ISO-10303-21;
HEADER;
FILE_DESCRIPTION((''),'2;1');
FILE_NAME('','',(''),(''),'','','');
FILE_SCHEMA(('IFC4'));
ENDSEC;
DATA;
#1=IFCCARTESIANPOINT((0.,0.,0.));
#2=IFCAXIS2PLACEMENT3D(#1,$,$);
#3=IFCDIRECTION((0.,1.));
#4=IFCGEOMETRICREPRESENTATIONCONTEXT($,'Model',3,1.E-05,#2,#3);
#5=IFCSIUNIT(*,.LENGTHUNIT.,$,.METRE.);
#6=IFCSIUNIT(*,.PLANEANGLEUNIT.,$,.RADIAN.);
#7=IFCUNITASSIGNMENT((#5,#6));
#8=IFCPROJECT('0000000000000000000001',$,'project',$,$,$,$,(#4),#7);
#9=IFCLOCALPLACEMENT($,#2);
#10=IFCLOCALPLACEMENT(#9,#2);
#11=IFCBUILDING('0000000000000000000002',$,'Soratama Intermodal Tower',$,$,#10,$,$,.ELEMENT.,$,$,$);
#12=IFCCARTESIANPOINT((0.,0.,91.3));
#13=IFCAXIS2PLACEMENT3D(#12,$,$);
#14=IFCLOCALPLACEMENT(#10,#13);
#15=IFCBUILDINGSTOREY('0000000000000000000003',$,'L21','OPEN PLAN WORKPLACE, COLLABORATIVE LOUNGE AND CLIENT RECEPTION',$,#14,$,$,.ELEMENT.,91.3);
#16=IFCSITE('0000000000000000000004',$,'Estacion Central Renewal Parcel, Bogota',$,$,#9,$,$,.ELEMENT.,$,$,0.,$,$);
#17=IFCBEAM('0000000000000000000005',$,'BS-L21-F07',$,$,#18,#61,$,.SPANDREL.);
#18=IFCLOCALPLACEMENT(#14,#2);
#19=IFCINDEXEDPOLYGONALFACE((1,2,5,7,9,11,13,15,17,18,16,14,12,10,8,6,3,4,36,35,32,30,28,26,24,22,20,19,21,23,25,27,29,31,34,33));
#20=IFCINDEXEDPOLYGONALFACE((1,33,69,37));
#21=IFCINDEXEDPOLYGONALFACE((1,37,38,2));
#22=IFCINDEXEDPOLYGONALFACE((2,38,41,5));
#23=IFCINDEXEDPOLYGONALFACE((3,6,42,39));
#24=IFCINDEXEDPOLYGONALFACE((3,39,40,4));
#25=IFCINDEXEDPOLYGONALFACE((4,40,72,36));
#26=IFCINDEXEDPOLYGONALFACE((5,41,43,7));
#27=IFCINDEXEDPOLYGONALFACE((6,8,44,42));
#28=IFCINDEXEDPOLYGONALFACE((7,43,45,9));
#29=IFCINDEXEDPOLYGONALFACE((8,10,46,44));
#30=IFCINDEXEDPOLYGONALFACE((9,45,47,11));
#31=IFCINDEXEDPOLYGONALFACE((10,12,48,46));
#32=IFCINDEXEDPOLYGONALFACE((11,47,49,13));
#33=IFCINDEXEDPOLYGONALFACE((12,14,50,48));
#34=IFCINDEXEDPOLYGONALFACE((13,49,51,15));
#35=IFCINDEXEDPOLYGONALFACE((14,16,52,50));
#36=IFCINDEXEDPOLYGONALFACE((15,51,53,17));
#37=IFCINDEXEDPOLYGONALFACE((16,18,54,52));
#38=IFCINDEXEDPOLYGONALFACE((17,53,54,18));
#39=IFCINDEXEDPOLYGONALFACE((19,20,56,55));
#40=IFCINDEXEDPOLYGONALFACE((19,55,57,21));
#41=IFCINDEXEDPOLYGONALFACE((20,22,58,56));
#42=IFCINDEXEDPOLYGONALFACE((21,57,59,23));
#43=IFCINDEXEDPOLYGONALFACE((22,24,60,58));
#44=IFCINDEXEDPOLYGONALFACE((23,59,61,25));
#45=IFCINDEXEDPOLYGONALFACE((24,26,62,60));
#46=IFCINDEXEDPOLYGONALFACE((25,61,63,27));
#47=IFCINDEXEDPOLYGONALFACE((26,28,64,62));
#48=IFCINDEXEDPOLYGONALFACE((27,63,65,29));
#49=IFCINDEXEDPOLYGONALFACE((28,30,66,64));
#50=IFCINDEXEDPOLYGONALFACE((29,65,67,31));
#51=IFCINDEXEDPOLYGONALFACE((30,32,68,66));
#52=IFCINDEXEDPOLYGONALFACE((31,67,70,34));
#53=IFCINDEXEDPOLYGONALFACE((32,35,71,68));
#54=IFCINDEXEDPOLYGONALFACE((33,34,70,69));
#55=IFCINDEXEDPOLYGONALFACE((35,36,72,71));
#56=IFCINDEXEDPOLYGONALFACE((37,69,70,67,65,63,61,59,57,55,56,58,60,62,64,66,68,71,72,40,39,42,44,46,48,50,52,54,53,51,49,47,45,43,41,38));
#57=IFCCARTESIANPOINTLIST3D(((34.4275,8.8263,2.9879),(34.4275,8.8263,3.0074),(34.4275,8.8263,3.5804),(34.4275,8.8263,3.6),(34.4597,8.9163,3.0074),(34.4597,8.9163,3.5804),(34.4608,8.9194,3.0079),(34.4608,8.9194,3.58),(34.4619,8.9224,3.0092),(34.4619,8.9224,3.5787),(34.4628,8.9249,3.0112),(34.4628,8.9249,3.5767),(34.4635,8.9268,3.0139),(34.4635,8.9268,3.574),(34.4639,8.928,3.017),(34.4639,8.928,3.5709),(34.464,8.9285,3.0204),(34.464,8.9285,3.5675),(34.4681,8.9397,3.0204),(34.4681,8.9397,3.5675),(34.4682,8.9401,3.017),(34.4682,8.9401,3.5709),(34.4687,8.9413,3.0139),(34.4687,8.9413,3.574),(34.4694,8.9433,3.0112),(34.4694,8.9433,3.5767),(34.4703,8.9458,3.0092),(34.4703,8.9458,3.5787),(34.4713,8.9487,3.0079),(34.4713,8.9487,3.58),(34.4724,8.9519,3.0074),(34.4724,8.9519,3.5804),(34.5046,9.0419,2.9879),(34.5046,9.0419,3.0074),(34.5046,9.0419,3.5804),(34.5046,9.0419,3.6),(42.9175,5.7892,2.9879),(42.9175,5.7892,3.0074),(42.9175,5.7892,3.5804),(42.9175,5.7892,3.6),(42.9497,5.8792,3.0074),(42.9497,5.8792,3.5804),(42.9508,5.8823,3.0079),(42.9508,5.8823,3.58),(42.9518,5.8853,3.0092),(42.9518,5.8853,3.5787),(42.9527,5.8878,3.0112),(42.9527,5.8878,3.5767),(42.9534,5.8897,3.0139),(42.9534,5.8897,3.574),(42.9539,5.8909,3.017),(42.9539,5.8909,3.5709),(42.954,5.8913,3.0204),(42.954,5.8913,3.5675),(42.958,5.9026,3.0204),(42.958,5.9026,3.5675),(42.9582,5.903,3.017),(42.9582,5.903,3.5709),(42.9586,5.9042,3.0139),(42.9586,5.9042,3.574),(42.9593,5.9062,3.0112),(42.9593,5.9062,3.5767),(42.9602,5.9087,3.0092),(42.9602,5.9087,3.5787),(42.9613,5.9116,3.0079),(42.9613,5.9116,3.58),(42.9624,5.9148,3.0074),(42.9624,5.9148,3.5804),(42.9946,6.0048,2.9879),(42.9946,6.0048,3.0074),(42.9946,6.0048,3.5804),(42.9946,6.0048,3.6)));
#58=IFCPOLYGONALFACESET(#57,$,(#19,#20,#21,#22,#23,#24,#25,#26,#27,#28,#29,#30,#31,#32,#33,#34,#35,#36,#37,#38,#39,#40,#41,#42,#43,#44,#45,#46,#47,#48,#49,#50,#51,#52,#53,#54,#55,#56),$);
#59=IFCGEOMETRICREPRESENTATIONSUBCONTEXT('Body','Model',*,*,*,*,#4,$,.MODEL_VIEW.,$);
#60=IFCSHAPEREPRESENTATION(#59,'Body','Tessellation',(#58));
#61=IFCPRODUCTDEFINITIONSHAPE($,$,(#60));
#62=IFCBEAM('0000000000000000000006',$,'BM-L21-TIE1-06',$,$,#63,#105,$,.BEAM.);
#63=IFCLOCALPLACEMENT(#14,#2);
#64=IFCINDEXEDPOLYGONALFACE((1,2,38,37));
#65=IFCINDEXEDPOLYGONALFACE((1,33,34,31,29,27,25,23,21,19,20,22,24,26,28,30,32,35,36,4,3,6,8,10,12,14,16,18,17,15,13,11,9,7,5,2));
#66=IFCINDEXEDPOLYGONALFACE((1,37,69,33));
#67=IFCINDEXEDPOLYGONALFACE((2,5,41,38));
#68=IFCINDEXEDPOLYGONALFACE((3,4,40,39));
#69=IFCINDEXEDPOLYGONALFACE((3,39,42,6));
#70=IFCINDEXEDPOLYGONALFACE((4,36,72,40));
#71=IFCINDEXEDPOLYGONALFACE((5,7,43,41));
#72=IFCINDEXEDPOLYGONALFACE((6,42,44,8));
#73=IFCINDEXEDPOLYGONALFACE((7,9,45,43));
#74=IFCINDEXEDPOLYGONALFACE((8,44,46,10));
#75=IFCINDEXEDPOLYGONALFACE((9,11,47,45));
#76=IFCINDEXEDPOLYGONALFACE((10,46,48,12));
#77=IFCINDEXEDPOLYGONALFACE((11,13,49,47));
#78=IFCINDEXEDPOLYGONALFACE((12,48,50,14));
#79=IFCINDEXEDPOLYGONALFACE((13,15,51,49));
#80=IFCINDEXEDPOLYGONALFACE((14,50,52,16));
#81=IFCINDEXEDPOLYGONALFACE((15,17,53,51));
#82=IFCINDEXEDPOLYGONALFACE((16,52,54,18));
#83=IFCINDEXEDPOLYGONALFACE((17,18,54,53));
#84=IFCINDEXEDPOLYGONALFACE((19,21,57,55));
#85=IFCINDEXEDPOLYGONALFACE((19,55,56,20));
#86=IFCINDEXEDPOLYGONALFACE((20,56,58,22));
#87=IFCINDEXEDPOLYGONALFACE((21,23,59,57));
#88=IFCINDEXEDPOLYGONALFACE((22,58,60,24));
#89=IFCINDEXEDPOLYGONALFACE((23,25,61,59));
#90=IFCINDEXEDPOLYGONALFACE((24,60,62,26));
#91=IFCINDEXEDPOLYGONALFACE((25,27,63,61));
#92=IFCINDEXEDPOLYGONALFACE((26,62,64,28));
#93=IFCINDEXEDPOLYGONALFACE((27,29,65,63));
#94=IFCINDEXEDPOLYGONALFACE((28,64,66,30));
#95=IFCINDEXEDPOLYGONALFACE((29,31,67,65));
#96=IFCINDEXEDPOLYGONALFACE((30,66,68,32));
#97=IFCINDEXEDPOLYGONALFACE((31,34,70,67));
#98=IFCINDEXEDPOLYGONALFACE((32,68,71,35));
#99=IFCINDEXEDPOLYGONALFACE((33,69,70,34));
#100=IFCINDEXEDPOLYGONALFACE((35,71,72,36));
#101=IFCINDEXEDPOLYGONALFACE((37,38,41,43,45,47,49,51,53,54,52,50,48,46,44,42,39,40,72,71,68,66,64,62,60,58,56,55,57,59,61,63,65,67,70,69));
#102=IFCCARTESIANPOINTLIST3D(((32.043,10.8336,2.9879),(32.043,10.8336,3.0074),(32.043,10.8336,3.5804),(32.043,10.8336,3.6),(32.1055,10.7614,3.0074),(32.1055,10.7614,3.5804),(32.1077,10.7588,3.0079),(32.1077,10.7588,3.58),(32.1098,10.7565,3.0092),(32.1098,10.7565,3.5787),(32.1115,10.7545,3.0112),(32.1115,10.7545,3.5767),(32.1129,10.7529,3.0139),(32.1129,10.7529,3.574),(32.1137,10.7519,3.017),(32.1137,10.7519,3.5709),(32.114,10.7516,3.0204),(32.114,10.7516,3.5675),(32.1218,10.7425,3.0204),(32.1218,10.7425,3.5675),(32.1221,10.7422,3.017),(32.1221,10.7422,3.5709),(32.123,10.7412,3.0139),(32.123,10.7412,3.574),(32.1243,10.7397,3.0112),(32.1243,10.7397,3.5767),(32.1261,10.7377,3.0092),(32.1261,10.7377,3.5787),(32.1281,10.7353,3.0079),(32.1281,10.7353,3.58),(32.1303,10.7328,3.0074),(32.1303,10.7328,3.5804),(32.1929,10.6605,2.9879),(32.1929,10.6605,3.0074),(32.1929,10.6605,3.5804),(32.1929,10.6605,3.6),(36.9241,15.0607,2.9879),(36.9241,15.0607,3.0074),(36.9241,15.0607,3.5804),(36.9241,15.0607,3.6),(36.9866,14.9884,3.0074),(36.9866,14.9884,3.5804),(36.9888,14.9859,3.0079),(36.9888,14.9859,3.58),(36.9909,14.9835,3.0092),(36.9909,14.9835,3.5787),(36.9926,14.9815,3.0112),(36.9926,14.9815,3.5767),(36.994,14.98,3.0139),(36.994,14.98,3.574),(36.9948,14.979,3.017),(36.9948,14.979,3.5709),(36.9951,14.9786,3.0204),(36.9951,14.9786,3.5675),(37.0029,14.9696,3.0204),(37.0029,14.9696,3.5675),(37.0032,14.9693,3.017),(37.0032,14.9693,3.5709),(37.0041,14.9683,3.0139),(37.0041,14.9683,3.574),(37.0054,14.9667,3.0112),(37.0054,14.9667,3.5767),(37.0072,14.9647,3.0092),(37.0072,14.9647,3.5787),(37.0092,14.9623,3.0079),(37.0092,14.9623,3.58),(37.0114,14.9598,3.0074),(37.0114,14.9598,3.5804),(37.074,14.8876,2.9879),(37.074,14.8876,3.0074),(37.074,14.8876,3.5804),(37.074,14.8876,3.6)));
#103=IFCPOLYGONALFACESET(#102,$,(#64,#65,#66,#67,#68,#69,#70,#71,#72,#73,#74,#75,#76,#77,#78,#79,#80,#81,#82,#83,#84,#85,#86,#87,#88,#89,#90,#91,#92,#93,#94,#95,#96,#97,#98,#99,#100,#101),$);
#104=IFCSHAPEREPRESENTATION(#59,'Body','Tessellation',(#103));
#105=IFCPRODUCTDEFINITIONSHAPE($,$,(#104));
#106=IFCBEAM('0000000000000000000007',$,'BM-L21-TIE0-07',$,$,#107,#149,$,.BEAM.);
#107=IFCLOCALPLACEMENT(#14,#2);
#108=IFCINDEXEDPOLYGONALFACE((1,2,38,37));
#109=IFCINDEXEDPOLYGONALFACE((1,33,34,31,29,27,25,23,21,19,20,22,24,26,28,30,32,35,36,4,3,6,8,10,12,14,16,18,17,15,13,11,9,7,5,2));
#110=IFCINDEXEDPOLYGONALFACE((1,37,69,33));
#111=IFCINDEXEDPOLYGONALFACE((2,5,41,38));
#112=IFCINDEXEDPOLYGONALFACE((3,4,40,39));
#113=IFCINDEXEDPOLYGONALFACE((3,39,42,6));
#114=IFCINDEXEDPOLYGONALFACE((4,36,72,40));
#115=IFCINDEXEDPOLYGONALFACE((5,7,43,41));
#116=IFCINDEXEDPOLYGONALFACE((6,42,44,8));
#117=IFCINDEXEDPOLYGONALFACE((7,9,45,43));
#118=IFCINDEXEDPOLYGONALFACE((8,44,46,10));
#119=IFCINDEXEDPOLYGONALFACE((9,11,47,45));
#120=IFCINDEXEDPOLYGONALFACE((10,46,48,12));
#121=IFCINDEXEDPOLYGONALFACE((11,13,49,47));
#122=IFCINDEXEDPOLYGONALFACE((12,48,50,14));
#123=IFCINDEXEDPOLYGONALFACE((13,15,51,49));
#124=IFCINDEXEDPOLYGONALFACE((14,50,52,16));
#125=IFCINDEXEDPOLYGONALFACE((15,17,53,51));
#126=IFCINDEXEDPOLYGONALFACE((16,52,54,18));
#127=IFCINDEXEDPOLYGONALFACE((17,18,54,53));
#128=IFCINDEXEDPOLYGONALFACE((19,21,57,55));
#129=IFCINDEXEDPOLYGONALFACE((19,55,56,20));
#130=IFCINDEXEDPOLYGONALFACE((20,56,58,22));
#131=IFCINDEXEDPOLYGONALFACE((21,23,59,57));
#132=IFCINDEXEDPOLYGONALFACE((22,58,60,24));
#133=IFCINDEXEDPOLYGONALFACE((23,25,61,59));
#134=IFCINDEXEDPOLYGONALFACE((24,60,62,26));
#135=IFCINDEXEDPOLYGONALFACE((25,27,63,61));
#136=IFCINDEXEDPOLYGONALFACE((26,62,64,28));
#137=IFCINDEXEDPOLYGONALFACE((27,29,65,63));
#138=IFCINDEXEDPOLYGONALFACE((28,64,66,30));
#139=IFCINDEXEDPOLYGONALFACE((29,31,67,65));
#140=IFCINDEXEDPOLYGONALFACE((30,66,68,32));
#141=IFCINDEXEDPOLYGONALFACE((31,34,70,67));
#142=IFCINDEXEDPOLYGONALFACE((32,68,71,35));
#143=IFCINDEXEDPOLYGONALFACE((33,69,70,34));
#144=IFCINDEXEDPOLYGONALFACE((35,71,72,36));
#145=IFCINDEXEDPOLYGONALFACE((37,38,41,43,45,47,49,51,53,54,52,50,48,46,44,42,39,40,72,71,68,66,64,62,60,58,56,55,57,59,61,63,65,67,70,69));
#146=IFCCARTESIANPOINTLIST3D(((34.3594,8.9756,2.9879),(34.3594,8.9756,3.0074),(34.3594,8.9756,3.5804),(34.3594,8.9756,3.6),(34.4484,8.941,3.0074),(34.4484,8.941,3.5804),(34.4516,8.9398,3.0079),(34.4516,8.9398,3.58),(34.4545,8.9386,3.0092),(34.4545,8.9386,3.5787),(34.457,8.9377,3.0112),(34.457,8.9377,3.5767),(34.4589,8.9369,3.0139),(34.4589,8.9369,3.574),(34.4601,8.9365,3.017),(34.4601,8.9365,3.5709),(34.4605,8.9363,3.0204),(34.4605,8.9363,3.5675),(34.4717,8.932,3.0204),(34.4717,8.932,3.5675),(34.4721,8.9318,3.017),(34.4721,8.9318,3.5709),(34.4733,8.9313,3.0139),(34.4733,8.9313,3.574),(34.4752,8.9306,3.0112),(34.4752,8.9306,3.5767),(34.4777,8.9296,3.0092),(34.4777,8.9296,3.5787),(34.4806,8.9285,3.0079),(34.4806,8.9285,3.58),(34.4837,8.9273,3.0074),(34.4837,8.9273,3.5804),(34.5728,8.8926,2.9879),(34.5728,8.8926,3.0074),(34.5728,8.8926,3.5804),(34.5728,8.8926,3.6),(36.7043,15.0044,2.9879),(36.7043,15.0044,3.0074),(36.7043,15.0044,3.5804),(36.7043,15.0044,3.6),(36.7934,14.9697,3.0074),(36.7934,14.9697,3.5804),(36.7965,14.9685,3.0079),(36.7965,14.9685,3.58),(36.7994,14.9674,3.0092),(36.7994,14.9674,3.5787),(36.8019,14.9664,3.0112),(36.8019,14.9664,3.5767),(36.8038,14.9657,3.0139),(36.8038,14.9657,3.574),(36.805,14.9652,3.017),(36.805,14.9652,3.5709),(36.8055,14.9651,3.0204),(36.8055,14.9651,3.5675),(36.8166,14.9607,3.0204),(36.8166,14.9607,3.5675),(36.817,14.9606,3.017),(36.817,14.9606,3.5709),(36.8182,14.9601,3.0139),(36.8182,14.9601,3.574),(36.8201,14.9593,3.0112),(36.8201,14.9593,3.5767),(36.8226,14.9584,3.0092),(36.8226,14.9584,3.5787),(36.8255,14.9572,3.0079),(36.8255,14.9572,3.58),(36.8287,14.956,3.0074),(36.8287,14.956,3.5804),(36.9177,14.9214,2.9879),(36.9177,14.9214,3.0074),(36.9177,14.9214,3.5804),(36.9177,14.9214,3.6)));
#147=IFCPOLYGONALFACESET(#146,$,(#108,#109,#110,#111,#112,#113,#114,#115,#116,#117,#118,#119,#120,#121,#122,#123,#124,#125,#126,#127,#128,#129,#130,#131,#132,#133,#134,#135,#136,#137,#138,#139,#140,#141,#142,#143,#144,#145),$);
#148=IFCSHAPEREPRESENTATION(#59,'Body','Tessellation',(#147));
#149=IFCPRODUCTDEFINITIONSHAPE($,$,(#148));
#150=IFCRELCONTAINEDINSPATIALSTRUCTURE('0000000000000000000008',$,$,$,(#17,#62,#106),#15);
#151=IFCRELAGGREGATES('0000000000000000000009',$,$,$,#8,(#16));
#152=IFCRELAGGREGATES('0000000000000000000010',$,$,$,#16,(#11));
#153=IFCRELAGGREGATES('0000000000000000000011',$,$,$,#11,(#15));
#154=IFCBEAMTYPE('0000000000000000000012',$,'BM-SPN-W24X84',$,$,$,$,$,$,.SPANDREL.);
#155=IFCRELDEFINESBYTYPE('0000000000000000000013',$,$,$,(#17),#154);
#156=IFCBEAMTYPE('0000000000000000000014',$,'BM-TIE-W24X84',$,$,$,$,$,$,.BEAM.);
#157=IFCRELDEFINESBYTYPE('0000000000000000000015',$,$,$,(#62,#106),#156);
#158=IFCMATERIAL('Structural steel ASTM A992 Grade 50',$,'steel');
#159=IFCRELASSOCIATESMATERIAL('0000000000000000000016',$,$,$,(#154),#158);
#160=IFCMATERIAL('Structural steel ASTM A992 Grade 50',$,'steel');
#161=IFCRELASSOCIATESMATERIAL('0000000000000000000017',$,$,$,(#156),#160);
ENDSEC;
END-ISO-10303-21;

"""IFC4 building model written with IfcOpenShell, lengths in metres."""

from ifc_helpers import new_model, si_unit, direction, frame, origin, origin_2d, place, context, subcontext, project, spatial, i_section, extrude, material, material_profile, profile_set, type_object, element, save


model = new_model("IFC4")

# Units and contexts
model_context = context("Model", 3, precision=1e-05, world=origin(), true_north=direction((0.0, 1.0)))
body_context = subcontext(model_context, "Body", "Model", "MODEL_VIEW")
ifc_project = project(units=[si_unit("LENGTHUNIT", "METRE"), si_unit("PLANEANGLEUNIT", "RADIAN")], contexts=[model_context])

# Site, building, storey
site_placement = place(None, origin())
site = spatial("IfcSite", under=ifc_project, at=site_placement, Name="Estacion Central Renewal Parcel, Bogota", CompositionType="ELEMENT", RefElevation=0.0)
building_placement = place(site_placement, origin())
building = spatial("IfcBuilding", under=site, at=building_placement, Name="Soratama Intermodal Tower", CompositionType="ELEMENT")
storey_placement = place(building_placement, frame((0.0, 0.0, 91.3)))
storey = spatial("IfcBuildingStorey", under=building, at=storey_placement, Name="L21", Description="OPEN PLAN WORKPLACE, COLLABORATIVE LOUNGE AND CLIENT RECEPTION", CompositionType="ELEMENT", Elevation=91.3)

# Beams
ifc_material_1 = material(Name="Structural steel ASTM A992 Grade 50", Category="steel")
ifc_material_profile_1 = material_profile(ifc_material_1, i_section(OverallWidth=0.229, OverallDepth=0.6121, WebThickness=0.012, FlangeThickness=0.0195, FilletRadius=0.0129, at=origin_2d()), Name="W24X84")
ifc_profile_set_1 = profile_set([ifc_material_profile_1], Name="Structural steel ASTM A992 Grade 50")
beam_type_1 = type_object("IfcBeamType", Name="BM-SPN-W24X84", PredefinedType="SPANDREL", material=ifc_profile_set_1)
beam_1_placement = place(storey_placement, frame((34.4661, 8.9341, 3.2939), z_axis=(0.941567, -0.336825, 0.0), x_axis=(0.336825, 0.941567, 0.0)))
element("IfcBeam", 1, at=beam_1_placement, inside=storey, type_object=beam_type_1, Name="BS-L21-F07", PredefinedType="SPANDREL", context=body_context, shape_type="SweptSolid", body=[
    extrude(i_section(OverallWidth=0.229, OverallDepth=0.6121, WebThickness=0.012, FlangeThickness=0.0195, FilletRadius=0.0129, at=origin_2d()), origin(), (0.0, 0.0, 1.0), 9.0168),
])
ifc_material_2 = material(Name="Structural steel ASTM A992 Grade 50", Category="steel")
ifc_material_profile_2 = material_profile(ifc_material_2, i_section(OverallWidth=0.229, OverallDepth=0.6121, WebThickness=0.012, FlangeThickness=0.0195, FilletRadius=0.0129, at=origin_2d()), Name="W24X84")
ifc_profile_set_2 = profile_set([ifc_material_profile_2], Name="Structural steel ASTM A992 Grade 50")
beam_type_2 = type_object("IfcBeamType", Name="BM-TIE-W24X84", PredefinedType="BEAM", material=ifc_profile_set_2)
beam_2_placement = place(storey_placement, frame((36.999, 14.9741, 3.2939), z_axis=(-0.755937, -0.654644, 0.0), x_axis=(0.654644, -0.755937, 0.0)))
element("IfcBeam", 2, at=beam_2_placement, inside=storey, type_object=beam_type_2, Name="BM-L21-TIE1-06", PredefinedType="BEAM", context=body_context, shape_type="SweptSolid", body=[
    extrude(i_section(OverallWidth=0.229, OverallDepth=0.6121, WebThickness=0.012, FlangeThickness=0.0195, FilletRadius=0.0129, at=origin_2d()), origin(), (0.0, 0.0, 1.0), 6.457),
])
beam_3_placement = place(storey_placement, frame((36.811, 14.9629, 3.2939), z_axis=(-0.362505, -0.931982, 0.0), x_axis=(0.931982, -0.362505, 0.0)))
element("IfcBeam", 3, at=beam_3_placement, inside=storey, type_object=beam_type_2, Name="BM-L21-TIE0-07", PredefinedType="BEAM", context=body_context, shape_type="SweptSolid", body=[
    extrude(i_section(OverallWidth=0.229, OverallDepth=0.6121, WebThickness=0.012, FlangeThickness=0.0195, FilletRadius=0.0129, at=origin_2d()), origin(), (0.0, 0.0, 1.0), 6.4688),
])

save(model, "model.ifc")
